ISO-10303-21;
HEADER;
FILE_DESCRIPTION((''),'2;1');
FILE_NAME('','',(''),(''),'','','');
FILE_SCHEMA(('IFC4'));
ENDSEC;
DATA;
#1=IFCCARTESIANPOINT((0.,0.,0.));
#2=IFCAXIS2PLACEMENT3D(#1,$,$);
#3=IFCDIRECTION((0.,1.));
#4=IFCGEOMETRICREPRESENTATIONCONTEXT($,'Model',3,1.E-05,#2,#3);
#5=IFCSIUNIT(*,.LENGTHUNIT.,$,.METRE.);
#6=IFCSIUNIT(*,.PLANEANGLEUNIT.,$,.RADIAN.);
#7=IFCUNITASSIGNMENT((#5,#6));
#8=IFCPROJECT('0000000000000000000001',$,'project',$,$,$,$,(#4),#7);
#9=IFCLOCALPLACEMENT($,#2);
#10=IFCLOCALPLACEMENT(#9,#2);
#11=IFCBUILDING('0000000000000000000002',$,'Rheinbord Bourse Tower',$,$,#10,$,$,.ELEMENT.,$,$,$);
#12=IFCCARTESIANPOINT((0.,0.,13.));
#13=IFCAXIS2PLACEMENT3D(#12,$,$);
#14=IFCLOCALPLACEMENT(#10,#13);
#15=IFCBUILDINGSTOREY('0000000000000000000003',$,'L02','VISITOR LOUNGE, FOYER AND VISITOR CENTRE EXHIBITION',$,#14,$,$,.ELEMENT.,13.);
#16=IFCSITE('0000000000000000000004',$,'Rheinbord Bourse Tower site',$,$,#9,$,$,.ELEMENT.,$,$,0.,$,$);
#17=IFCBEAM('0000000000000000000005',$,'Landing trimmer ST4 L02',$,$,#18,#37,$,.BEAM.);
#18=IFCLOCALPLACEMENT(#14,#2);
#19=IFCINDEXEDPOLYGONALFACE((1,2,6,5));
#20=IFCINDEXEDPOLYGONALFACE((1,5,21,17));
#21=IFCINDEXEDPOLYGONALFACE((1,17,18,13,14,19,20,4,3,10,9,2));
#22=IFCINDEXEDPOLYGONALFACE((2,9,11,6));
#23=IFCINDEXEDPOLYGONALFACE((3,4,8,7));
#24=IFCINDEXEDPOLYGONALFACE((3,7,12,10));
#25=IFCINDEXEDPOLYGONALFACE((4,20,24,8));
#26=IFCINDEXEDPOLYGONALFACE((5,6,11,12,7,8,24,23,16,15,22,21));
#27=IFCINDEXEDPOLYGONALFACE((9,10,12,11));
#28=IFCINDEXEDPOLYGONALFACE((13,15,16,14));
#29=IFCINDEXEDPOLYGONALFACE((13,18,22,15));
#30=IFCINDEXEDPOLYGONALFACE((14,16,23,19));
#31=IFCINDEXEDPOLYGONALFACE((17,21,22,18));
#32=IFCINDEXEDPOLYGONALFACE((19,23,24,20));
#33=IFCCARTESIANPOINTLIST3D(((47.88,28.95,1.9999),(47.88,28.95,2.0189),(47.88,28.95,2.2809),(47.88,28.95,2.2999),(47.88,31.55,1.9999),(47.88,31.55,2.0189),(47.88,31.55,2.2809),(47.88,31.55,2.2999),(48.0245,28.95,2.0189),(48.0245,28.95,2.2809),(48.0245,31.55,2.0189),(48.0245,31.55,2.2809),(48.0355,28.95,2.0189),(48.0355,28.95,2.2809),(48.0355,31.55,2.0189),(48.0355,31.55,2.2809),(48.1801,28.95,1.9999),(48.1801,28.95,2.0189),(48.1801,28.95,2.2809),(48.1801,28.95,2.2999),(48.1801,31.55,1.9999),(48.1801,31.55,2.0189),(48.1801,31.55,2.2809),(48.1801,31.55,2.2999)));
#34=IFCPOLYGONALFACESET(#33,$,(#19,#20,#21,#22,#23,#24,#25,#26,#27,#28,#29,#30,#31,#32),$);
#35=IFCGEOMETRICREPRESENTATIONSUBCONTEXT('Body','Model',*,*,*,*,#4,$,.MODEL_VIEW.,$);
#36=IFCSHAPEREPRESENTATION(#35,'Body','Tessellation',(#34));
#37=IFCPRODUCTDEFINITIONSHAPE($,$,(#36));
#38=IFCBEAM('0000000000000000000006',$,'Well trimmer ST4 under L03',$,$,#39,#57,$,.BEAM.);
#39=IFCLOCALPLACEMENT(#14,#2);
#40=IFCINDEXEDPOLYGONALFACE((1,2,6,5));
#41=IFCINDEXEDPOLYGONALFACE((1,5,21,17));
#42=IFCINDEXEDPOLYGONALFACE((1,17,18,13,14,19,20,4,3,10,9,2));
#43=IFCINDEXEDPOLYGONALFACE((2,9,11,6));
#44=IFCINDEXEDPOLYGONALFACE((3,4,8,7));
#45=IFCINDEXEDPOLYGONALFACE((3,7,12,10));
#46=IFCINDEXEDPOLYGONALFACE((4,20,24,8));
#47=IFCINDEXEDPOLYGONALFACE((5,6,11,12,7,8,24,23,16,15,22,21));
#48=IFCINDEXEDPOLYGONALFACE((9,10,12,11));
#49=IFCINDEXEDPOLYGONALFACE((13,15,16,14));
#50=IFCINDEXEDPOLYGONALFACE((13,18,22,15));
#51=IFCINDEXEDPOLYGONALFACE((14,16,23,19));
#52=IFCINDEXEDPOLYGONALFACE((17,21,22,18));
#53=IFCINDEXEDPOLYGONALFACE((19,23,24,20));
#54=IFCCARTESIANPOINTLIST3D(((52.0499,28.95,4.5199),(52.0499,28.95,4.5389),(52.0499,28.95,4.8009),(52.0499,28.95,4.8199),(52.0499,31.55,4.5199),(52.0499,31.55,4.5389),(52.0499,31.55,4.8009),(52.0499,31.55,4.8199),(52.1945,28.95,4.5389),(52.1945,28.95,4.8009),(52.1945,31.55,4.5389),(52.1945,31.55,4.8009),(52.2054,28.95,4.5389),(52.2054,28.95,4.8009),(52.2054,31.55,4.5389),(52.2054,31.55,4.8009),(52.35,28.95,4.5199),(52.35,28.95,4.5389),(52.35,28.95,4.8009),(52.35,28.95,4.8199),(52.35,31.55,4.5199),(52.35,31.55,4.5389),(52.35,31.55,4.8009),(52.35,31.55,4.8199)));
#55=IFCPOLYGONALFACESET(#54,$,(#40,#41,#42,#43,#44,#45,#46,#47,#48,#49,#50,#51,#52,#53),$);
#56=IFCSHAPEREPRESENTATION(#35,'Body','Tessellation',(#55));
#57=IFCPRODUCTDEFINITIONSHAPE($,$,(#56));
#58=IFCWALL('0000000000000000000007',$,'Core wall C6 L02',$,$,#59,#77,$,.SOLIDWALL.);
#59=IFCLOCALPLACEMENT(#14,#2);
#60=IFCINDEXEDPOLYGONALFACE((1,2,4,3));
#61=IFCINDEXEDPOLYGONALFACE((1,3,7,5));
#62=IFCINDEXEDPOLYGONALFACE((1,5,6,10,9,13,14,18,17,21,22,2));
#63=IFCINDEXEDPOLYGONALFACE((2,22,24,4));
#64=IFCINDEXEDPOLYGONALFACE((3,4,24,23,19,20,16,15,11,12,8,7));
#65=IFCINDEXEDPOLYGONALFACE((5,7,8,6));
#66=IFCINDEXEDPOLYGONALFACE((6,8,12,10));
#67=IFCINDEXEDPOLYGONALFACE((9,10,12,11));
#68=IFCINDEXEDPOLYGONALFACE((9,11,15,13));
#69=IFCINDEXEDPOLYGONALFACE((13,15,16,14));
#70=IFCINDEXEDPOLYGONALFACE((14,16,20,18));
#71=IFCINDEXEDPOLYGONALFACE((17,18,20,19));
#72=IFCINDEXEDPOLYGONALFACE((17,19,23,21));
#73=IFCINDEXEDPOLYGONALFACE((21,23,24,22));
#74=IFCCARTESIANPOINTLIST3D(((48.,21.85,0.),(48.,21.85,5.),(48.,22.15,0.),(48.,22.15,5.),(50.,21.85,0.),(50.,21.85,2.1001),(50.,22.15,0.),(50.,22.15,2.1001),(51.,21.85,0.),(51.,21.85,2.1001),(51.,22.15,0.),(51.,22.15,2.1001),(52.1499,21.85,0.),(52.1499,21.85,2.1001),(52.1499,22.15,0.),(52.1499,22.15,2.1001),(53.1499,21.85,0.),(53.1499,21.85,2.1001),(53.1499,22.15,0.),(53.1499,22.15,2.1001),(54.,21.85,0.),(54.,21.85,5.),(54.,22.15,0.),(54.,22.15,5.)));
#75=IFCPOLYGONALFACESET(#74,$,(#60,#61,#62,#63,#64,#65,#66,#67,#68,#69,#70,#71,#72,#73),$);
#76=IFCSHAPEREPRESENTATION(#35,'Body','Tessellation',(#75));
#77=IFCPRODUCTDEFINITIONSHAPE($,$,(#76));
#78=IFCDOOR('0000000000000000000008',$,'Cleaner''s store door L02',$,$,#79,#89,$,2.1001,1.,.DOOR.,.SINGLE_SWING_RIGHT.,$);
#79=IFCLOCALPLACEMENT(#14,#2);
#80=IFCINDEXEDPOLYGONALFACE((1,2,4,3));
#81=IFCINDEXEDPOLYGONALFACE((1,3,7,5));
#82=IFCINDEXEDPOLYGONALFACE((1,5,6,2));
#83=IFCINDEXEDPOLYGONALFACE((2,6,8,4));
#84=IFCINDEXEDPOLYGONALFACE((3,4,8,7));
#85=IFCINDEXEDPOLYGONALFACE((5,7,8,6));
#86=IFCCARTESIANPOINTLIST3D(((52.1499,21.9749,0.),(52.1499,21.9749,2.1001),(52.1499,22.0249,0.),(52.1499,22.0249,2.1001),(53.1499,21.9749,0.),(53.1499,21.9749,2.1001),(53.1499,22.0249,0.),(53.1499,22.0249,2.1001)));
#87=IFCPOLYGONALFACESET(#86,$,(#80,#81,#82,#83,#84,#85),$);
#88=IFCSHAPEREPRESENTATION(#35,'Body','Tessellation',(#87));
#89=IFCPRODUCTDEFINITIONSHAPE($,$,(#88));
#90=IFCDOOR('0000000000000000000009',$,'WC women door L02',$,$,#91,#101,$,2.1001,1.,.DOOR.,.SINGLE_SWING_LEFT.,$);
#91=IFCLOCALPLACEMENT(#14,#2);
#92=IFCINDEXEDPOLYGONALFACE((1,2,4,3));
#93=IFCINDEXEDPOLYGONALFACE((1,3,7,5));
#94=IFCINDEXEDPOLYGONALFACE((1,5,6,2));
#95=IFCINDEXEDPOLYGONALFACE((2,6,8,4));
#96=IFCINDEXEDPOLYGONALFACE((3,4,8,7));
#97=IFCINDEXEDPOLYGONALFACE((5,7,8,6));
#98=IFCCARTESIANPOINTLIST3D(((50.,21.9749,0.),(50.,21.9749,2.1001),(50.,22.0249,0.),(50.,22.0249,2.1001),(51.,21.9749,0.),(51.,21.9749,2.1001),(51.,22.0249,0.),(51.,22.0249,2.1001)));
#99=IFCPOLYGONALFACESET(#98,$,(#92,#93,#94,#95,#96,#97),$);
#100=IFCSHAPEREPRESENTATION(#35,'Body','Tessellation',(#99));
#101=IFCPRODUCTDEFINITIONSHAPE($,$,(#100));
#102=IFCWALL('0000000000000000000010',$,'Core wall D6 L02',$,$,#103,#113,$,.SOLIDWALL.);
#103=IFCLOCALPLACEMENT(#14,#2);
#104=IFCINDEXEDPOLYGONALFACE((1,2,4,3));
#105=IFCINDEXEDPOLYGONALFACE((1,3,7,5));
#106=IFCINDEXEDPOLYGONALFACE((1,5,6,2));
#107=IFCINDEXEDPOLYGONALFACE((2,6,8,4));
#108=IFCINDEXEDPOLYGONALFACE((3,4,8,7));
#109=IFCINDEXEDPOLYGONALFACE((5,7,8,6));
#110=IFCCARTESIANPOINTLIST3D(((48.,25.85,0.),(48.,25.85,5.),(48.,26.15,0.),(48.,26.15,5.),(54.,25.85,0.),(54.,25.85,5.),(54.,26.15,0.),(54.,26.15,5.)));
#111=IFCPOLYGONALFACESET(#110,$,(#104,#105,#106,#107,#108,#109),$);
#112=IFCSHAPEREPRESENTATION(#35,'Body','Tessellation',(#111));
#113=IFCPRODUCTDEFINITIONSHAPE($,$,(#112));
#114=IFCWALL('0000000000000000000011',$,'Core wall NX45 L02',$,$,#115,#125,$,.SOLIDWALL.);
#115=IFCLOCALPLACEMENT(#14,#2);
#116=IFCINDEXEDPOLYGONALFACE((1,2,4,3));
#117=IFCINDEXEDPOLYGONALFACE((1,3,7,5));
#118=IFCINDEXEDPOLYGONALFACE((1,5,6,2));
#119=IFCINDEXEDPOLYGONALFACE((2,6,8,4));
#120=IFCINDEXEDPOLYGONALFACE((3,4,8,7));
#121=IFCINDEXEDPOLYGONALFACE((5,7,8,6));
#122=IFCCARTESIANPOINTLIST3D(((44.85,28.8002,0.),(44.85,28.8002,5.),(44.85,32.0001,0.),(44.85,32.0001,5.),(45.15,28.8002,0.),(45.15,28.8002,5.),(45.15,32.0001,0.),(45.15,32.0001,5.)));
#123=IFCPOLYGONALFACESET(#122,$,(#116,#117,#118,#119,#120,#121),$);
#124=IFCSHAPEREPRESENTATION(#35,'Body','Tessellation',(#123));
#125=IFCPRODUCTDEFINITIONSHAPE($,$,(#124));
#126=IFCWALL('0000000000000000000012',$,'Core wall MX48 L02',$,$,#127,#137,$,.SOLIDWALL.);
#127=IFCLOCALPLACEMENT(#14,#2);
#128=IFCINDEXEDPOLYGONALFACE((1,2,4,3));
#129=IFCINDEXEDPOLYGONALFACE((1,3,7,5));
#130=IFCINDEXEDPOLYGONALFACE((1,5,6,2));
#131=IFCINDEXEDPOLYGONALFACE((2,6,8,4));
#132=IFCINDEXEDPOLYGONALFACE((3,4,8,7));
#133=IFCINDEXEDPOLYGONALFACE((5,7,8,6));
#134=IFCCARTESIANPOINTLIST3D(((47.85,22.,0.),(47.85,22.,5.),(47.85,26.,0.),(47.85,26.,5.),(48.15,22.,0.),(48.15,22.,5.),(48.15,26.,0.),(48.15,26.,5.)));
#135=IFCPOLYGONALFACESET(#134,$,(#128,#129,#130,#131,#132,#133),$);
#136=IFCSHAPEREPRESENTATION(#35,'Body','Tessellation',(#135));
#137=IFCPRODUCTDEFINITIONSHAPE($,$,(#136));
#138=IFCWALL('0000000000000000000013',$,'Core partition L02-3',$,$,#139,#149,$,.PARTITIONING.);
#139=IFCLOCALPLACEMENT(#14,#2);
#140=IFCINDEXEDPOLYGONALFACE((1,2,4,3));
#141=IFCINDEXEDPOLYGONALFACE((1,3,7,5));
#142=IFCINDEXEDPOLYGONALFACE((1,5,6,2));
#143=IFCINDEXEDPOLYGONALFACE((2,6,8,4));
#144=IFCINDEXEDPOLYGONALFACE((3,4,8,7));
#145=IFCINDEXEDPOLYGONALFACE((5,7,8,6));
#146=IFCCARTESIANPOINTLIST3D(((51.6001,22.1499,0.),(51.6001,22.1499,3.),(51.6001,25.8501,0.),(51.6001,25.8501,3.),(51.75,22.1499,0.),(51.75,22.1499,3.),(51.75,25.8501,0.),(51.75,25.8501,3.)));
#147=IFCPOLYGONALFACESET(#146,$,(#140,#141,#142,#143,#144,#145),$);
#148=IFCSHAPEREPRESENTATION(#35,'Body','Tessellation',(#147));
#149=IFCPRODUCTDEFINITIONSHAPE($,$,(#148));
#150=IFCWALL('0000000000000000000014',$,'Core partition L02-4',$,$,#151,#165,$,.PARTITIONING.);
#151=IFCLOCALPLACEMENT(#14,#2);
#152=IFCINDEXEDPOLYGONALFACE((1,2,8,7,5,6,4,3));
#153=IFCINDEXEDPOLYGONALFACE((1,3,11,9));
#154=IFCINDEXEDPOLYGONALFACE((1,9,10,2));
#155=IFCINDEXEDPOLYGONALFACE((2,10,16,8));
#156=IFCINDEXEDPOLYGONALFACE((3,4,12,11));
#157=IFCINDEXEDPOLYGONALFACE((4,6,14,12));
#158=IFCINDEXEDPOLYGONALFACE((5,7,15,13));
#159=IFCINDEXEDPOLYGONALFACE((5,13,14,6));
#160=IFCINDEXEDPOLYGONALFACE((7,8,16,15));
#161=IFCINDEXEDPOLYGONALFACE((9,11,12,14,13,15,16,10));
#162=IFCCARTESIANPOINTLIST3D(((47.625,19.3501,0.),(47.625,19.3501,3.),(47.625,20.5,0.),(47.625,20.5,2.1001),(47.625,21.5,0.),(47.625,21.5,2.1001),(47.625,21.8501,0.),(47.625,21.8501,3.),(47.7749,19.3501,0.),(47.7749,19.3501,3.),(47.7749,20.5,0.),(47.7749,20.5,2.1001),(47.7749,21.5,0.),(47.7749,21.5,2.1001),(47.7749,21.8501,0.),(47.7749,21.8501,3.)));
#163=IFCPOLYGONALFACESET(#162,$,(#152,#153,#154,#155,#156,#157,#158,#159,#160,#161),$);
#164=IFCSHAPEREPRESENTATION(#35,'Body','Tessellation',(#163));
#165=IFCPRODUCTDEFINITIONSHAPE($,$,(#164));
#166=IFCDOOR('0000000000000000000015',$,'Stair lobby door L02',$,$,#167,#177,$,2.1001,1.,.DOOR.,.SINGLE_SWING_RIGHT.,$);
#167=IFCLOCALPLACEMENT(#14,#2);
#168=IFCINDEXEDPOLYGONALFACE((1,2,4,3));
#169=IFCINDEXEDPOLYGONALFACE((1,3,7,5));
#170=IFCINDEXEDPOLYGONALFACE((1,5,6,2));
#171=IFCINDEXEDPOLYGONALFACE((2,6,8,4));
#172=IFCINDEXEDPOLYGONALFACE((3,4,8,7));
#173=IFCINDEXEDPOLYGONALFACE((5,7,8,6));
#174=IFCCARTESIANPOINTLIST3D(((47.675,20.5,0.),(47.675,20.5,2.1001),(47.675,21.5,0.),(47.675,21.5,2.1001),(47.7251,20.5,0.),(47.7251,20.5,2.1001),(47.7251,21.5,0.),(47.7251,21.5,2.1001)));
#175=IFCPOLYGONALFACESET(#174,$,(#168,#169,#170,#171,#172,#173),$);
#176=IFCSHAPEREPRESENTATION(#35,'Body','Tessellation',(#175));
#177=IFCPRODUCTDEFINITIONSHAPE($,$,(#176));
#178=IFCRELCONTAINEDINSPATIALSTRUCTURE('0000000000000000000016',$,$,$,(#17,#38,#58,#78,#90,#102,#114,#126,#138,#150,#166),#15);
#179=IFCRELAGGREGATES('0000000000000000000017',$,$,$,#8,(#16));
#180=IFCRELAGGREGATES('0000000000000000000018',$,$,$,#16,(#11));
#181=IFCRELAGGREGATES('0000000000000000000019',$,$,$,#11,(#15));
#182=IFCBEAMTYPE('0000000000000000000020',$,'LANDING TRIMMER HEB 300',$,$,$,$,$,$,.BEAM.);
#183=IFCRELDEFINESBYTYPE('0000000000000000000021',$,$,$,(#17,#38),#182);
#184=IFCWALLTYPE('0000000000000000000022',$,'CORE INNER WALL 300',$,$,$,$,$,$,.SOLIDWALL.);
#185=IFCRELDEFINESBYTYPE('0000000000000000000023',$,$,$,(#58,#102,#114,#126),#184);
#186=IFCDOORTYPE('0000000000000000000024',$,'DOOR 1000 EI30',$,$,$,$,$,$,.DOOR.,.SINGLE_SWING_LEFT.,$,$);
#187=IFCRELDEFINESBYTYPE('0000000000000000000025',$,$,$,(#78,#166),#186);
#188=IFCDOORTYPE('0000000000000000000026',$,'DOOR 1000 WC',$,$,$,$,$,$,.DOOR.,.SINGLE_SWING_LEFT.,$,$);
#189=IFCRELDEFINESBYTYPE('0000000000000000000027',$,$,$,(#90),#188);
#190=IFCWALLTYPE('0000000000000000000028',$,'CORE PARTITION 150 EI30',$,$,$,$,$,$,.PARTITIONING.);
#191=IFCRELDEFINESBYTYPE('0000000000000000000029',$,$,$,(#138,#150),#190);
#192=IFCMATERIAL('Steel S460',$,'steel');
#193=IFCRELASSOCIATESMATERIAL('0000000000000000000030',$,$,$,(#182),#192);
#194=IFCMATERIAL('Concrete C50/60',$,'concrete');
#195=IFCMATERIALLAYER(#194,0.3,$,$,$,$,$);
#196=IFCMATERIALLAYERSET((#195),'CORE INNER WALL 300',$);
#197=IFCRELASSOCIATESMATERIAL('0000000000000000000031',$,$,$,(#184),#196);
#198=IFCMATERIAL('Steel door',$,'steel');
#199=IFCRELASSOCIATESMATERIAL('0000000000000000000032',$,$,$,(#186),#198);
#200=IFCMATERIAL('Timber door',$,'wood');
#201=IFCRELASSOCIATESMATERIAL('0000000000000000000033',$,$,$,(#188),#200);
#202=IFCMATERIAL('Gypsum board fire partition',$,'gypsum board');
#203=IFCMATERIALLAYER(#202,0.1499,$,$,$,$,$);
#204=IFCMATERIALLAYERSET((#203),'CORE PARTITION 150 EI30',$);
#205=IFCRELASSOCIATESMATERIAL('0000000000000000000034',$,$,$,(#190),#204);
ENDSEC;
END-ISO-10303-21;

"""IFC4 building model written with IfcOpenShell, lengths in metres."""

from ifc_helpers import new_model, si_unit, direction, frame, frame_2d, origin, origin_2d, place, context, subcontext, project, spatial, rectangle, i_section, extrude, material, layer, layer_set, material_profile, profile_set, type_object, element, fill, save


model = new_model("IFC4")

# Units and contexts
model_context = context("Model", 3, precision=1e-05, world=origin(), true_north=direction((0.0, 1.0)))
body_context = subcontext(model_context, "Body", "Model", "MODEL_VIEW")
ifc_project = project(units=[si_unit("LENGTHUNIT", "METRE"), si_unit("PLANEANGLEUNIT", "RADIAN")], contexts=[model_context])

# Site, building, storey
site_placement = place(None, origin())
site = spatial("IfcSite", under=ifc_project, at=site_placement, Name="Rheinbord Bourse Tower site", CompositionType="ELEMENT", RefElevation=0.0)
building_placement = place(site_placement, origin())
building = spatial("IfcBuilding", under=site, at=building_placement, Name="Rheinbord Bourse Tower", CompositionType="ELEMENT")
storey_placement = place(building_placement, frame((0.0, 0.0, 13.0)))
storey = spatial("IfcBuildingStorey", under=building, at=storey_placement, Name="L02", Description="VISITOR LOUNGE, FOYER AND VISITOR CENTRE EXHIBITION", CompositionType="ELEMENT", Elevation=13.0)

# Beams
ifc_material_1 = material(Name="Steel S460", Category="steel")
ifc_material_profile = material_profile(ifc_material_1, i_section(OverallWidth=0.3, OverallDepth=0.3, WebThickness=0.011, FlangeThickness=0.019, at=origin_2d()), Name="HEB 300")
ifc_profile_set = profile_set([ifc_material_profile], Name="Steel S460")
beam_type = type_object("IfcBeamType", Name="LANDING TRIMMER HEB 300", PredefinedType="BEAM", material=ifc_profile_set)
for number, where, z_axis, x_axis, name in (
    (1, (48.03, 28.95, 2.1499), (0.0, 1.0, 0.0), (-1.0, 0.0, 0.0), "Landing trimmer ST4 L02"),
    (2, (52.2, 28.95, 4.6699), (0.0, 1.0, 0.0), (-1.0, 0.0, 0.0), "Well trimmer ST4 under L03"),
):
    element("IfcBeam", number, at=place(storey_placement, frame(where, z_axis=z_axis, x_axis=x_axis)), inside=storey, type_object=beam_type, Name=name, PredefinedType="BEAM", context=body_context, shape_type="SweptSolid", body=[
        extrude(i_section(OverallWidth=0.3, OverallDepth=0.3, WebThickness=0.011, FlangeThickness=0.019, at=origin_2d()), origin(), (0.0, 0.0, 1.0), 2.6001),
    ])

# Wall, openings, doors
ifc_material_2 = material(Name="Concrete C50/60", Category="concrete")
ifc_layer_1 = layer(ifc_material_2, 0.3)
ifc_layer_set_1 = layer_set([ifc_layer_1], Name="CORE INNER WALL 300")
wall_type_1 = type_object("IfcWallType", Name="CORE INNER WALL 300", PredefinedType="SOLIDWALL", material=ifc_layer_set_1)
wall_1_placement = place(storey_placement, frame((48.0, 22.0, 0.0), z_axis=(0.0, 0.0, 1.0), x_axis=(1.0, 0.0, 0.0)))
wall_1 = element("IfcWall", 3, at=wall_1_placement, inside=storey, type_object=wall_type_1, Name="Core wall C6 L02", PredefinedType="SOLIDWALL", context=body_context, shape_type="SweptSolid", body=[
    extrude(rectangle(XDim=6.0, YDim=0.3, at=frame_2d((3.0, 0.0))), origin(), (0.0, 0.0, 1.0), 5.0),
])
opening_1_placement = place(wall_1_placement, frame((2.0, 0.0, 0.0)))
opening_1 = element("IfcOpeningElement", 4, at=opening_1_placement, cuts=wall_1, PredefinedType="OPENING", context=body_context, shape_type="SweptSolid", body=[
    extrude(rectangle(XDim=1.0, YDim=2.1001, at=frame_2d((0.5, 1.05))), frame((0.0, 0.1599, 0.0), z_axis=(0.0, -1.0, 0.0), x_axis=(1.0, 0.0, 0.0)), (0.0, 0.0, 1.0), 0.3201),
])
opening_2_placement = place(wall_1_placement, frame((4.1499, 0.0, 0.0)))
opening_2 = element("IfcOpeningElement", 5, at=opening_2_placement, cuts=wall_1, PredefinedType="OPENING", context=body_context, shape_type="SweptSolid", body=[
    extrude(rectangle(XDim=1.0, YDim=2.1001, at=frame_2d((0.5, 1.05))), frame((0.0, 0.1599, 0.0), z_axis=(0.0, -1.0, 0.0), x_axis=(1.0, 0.0, 0.0)), (0.0, 0.0, 1.0), 0.3201),
])
ifc_material_3 = material(Name="Steel door", Category="steel")
door_type_1 = type_object("IfcDoorType", Name="DOOR 1000 EI30", OperationType="SINGLE_SWING_LEFT", PredefinedType="DOOR", material=ifc_material_3)
door_1_placement = place(opening_2_placement, origin())
door_1 = element("IfcDoor", 6, at=door_1_placement, inside=storey, type_object=door_type_1, Name="Cleaner's store door L02", OperationType="SINGLE_SWING_RIGHT", OverallHeight=2.1001, OverallWidth=1.0, PredefinedType="DOOR", context=body_context, shape_type="SweptSolid", body=[
    extrude(rectangle(XDim=1.0, YDim=2.1001, at=frame_2d((0.5, 1.05))), frame((0.0, 0.0249, 0.0), z_axis=(0.0, -1.0, 0.0), x_axis=(1.0, 0.0, 0.0)), (0.0, 0.0, 1.0), 0.05),
])
fill(opening_2, door_1)
ifc_material_4 = material(Name="Timber door", Category="wood")
door_type_2 = type_object("IfcDoorType", Name="DOOR 1000 WC", OperationType="SINGLE_SWING_LEFT", PredefinedType="DOOR", material=ifc_material_4)
door_2_placement = place(opening_1_placement, origin())
door_2 = element("IfcDoor", 7, at=door_2_placement, inside=storey, type_object=door_type_2, Name="WC women door L02", OperationType="SINGLE_SWING_LEFT", OverallHeight=2.1001, OverallWidth=1.0, PredefinedType="DOOR", context=body_context, shape_type="SweptSolid", body=[
    extrude(rectangle(XDim=1.0, YDim=2.1001, at=frame_2d((0.5, 1.05))), frame((0.0, 0.0249, 0.0), z_axis=(0.0, -1.0, 0.0), x_axis=(1.0, 0.0, 0.0)), (0.0, 0.0, 1.0), 0.05),
])
fill(opening_1, door_2)

# Walls
wall_2_placement = place(storey_placement, frame((48.0, 26.0, 0.0), z_axis=(0.0, 0.0, 1.0), x_axis=(1.0, 0.0, 0.0)))
element("IfcWall", 8, at=wall_2_placement, inside=storey, type_object=wall_type_1, Name="Core wall D6 L02", PredefinedType="SOLIDWALL", context=body_context, shape_type="SweptSolid", body=[
    extrude(rectangle(XDim=6.0, YDim=0.3, at=frame_2d((3.0, 0.0))), origin(), (0.0, 0.0, 1.0), 5.0),
])
wall_3_placement = place(storey_placement, frame((45.0, 28.8, 0.0), z_axis=(0.0, 0.0, 1.0), x_axis=(0.0, 1.0, 0.0)))
element("IfcWall", 9, at=wall_3_placement, inside=storey, type_object=wall_type_1, Name="Core wall NX45 L02", PredefinedType="SOLIDWALL", context=body_context, shape_type="SweptSolid", body=[
    extrude(rectangle(XDim=3.2, YDim=0.3, at=frame_2d((1.6001, 0.0))), origin(), (0.0, 0.0, 1.0), 5.0),
])
wall_4_placement = place(storey_placement, frame((48.0, 22.0, 0.0), z_axis=(0.0, 0.0, 1.0), x_axis=(0.0, 1.0, 0.0)))
element("IfcWall", 10, at=wall_4_placement, inside=storey, type_object=wall_type_1, Name="Core wall MX48 L02", PredefinedType="SOLIDWALL", context=body_context, shape_type="SweptSolid", body=[
    extrude(rectangle(XDim=4.0, YDim=0.3, at=frame_2d((2.0, 0.0))), origin(), (0.0, 0.0, 1.0), 5.0),
])
ifc_material_5 = material(Name="Gypsum board fire partition", Category="gypsum board")
ifc_layer_2 = layer(ifc_material_5, 0.1499)
ifc_layer_set_2 = layer_set([ifc_layer_2], Name="CORE PARTITION 150 EI30")
wall_type_2 = type_object("IfcWallType", Name="CORE PARTITION 150 EI30", PredefinedType="PARTITIONING", material=ifc_layer_set_2)
wall_5_placement = place(storey_placement, frame((51.675, 22.1499, 0.0), z_axis=(0.0, 0.0, 1.0), x_axis=(0.0, 1.0, 0.0)))
element("IfcWall", 11, at=wall_5_placement, inside=storey, type_object=wall_type_2, Name="Core partition L02-3", PredefinedType="PARTITIONING", context=body_context, shape_type="SweptSolid", body=[
    extrude(rectangle(XDim=3.7002, YDim=0.1499, at=frame_2d((1.8501, 0.0))), origin(), (0.0, 0.0, 1.0), 3.0),
])

# Wall, opening, door
wall_6_placement = place(storey_placement, frame((47.7, 19.3501, 0.0), z_axis=(0.0, 0.0, 1.0), x_axis=(0.0, 1.0, 0.0)))
wall_6 = element("IfcWall", 12, at=wall_6_placement, inside=storey, type_object=wall_type_2, Name="Core partition L02-4", PredefinedType="PARTITIONING", context=body_context, shape_type="SweptSolid", body=[
    extrude(rectangle(XDim=2.5, YDim=0.1499, at=frame_2d((1.25, 0.0))), origin(), (0.0, 0.0, 1.0), 3.0),
])
opening_3_placement = place(wall_6_placement, frame((1.1499, 0.0, 0.0)))
opening_3 = element("IfcOpeningElement", 13, at=opening_3_placement, cuts=wall_6, PredefinedType="OPENING", context=body_context, shape_type="SweptSolid", body=[
    extrude(rectangle(XDim=1.0, YDim=2.1001, at=frame_2d((0.5, 1.05))), frame((0.0, 0.085, 0.0), z_axis=(0.0, -1.0, 0.0), x_axis=(1.0, 0.0, 0.0)), (0.0, 0.0, 1.0), 0.1699),
])
door_3_placement = place(opening_3_placement, origin())
door_3 = element("IfcDoor", 14, at=door_3_placement, inside=storey, type_object=door_type_1, Name="Stair lobby door L02", OperationType="SINGLE_SWING_RIGHT", OverallHeight=2.1001, OverallWidth=1.0, PredefinedType="DOOR", context=body_context, shape_type="SweptSolid", body=[
    extrude(rectangle(XDim=1.0, YDim=2.1001, at=frame_2d((0.5, 1.05))), frame((0.0, 0.0249, 0.0), z_axis=(0.0, -1.0, 0.0), x_axis=(1.0, 0.0, 0.0)), (0.0, 0.0, 1.0), 0.05),
])
fill(opening_3, door_3)

save(model, "model.ifc")
